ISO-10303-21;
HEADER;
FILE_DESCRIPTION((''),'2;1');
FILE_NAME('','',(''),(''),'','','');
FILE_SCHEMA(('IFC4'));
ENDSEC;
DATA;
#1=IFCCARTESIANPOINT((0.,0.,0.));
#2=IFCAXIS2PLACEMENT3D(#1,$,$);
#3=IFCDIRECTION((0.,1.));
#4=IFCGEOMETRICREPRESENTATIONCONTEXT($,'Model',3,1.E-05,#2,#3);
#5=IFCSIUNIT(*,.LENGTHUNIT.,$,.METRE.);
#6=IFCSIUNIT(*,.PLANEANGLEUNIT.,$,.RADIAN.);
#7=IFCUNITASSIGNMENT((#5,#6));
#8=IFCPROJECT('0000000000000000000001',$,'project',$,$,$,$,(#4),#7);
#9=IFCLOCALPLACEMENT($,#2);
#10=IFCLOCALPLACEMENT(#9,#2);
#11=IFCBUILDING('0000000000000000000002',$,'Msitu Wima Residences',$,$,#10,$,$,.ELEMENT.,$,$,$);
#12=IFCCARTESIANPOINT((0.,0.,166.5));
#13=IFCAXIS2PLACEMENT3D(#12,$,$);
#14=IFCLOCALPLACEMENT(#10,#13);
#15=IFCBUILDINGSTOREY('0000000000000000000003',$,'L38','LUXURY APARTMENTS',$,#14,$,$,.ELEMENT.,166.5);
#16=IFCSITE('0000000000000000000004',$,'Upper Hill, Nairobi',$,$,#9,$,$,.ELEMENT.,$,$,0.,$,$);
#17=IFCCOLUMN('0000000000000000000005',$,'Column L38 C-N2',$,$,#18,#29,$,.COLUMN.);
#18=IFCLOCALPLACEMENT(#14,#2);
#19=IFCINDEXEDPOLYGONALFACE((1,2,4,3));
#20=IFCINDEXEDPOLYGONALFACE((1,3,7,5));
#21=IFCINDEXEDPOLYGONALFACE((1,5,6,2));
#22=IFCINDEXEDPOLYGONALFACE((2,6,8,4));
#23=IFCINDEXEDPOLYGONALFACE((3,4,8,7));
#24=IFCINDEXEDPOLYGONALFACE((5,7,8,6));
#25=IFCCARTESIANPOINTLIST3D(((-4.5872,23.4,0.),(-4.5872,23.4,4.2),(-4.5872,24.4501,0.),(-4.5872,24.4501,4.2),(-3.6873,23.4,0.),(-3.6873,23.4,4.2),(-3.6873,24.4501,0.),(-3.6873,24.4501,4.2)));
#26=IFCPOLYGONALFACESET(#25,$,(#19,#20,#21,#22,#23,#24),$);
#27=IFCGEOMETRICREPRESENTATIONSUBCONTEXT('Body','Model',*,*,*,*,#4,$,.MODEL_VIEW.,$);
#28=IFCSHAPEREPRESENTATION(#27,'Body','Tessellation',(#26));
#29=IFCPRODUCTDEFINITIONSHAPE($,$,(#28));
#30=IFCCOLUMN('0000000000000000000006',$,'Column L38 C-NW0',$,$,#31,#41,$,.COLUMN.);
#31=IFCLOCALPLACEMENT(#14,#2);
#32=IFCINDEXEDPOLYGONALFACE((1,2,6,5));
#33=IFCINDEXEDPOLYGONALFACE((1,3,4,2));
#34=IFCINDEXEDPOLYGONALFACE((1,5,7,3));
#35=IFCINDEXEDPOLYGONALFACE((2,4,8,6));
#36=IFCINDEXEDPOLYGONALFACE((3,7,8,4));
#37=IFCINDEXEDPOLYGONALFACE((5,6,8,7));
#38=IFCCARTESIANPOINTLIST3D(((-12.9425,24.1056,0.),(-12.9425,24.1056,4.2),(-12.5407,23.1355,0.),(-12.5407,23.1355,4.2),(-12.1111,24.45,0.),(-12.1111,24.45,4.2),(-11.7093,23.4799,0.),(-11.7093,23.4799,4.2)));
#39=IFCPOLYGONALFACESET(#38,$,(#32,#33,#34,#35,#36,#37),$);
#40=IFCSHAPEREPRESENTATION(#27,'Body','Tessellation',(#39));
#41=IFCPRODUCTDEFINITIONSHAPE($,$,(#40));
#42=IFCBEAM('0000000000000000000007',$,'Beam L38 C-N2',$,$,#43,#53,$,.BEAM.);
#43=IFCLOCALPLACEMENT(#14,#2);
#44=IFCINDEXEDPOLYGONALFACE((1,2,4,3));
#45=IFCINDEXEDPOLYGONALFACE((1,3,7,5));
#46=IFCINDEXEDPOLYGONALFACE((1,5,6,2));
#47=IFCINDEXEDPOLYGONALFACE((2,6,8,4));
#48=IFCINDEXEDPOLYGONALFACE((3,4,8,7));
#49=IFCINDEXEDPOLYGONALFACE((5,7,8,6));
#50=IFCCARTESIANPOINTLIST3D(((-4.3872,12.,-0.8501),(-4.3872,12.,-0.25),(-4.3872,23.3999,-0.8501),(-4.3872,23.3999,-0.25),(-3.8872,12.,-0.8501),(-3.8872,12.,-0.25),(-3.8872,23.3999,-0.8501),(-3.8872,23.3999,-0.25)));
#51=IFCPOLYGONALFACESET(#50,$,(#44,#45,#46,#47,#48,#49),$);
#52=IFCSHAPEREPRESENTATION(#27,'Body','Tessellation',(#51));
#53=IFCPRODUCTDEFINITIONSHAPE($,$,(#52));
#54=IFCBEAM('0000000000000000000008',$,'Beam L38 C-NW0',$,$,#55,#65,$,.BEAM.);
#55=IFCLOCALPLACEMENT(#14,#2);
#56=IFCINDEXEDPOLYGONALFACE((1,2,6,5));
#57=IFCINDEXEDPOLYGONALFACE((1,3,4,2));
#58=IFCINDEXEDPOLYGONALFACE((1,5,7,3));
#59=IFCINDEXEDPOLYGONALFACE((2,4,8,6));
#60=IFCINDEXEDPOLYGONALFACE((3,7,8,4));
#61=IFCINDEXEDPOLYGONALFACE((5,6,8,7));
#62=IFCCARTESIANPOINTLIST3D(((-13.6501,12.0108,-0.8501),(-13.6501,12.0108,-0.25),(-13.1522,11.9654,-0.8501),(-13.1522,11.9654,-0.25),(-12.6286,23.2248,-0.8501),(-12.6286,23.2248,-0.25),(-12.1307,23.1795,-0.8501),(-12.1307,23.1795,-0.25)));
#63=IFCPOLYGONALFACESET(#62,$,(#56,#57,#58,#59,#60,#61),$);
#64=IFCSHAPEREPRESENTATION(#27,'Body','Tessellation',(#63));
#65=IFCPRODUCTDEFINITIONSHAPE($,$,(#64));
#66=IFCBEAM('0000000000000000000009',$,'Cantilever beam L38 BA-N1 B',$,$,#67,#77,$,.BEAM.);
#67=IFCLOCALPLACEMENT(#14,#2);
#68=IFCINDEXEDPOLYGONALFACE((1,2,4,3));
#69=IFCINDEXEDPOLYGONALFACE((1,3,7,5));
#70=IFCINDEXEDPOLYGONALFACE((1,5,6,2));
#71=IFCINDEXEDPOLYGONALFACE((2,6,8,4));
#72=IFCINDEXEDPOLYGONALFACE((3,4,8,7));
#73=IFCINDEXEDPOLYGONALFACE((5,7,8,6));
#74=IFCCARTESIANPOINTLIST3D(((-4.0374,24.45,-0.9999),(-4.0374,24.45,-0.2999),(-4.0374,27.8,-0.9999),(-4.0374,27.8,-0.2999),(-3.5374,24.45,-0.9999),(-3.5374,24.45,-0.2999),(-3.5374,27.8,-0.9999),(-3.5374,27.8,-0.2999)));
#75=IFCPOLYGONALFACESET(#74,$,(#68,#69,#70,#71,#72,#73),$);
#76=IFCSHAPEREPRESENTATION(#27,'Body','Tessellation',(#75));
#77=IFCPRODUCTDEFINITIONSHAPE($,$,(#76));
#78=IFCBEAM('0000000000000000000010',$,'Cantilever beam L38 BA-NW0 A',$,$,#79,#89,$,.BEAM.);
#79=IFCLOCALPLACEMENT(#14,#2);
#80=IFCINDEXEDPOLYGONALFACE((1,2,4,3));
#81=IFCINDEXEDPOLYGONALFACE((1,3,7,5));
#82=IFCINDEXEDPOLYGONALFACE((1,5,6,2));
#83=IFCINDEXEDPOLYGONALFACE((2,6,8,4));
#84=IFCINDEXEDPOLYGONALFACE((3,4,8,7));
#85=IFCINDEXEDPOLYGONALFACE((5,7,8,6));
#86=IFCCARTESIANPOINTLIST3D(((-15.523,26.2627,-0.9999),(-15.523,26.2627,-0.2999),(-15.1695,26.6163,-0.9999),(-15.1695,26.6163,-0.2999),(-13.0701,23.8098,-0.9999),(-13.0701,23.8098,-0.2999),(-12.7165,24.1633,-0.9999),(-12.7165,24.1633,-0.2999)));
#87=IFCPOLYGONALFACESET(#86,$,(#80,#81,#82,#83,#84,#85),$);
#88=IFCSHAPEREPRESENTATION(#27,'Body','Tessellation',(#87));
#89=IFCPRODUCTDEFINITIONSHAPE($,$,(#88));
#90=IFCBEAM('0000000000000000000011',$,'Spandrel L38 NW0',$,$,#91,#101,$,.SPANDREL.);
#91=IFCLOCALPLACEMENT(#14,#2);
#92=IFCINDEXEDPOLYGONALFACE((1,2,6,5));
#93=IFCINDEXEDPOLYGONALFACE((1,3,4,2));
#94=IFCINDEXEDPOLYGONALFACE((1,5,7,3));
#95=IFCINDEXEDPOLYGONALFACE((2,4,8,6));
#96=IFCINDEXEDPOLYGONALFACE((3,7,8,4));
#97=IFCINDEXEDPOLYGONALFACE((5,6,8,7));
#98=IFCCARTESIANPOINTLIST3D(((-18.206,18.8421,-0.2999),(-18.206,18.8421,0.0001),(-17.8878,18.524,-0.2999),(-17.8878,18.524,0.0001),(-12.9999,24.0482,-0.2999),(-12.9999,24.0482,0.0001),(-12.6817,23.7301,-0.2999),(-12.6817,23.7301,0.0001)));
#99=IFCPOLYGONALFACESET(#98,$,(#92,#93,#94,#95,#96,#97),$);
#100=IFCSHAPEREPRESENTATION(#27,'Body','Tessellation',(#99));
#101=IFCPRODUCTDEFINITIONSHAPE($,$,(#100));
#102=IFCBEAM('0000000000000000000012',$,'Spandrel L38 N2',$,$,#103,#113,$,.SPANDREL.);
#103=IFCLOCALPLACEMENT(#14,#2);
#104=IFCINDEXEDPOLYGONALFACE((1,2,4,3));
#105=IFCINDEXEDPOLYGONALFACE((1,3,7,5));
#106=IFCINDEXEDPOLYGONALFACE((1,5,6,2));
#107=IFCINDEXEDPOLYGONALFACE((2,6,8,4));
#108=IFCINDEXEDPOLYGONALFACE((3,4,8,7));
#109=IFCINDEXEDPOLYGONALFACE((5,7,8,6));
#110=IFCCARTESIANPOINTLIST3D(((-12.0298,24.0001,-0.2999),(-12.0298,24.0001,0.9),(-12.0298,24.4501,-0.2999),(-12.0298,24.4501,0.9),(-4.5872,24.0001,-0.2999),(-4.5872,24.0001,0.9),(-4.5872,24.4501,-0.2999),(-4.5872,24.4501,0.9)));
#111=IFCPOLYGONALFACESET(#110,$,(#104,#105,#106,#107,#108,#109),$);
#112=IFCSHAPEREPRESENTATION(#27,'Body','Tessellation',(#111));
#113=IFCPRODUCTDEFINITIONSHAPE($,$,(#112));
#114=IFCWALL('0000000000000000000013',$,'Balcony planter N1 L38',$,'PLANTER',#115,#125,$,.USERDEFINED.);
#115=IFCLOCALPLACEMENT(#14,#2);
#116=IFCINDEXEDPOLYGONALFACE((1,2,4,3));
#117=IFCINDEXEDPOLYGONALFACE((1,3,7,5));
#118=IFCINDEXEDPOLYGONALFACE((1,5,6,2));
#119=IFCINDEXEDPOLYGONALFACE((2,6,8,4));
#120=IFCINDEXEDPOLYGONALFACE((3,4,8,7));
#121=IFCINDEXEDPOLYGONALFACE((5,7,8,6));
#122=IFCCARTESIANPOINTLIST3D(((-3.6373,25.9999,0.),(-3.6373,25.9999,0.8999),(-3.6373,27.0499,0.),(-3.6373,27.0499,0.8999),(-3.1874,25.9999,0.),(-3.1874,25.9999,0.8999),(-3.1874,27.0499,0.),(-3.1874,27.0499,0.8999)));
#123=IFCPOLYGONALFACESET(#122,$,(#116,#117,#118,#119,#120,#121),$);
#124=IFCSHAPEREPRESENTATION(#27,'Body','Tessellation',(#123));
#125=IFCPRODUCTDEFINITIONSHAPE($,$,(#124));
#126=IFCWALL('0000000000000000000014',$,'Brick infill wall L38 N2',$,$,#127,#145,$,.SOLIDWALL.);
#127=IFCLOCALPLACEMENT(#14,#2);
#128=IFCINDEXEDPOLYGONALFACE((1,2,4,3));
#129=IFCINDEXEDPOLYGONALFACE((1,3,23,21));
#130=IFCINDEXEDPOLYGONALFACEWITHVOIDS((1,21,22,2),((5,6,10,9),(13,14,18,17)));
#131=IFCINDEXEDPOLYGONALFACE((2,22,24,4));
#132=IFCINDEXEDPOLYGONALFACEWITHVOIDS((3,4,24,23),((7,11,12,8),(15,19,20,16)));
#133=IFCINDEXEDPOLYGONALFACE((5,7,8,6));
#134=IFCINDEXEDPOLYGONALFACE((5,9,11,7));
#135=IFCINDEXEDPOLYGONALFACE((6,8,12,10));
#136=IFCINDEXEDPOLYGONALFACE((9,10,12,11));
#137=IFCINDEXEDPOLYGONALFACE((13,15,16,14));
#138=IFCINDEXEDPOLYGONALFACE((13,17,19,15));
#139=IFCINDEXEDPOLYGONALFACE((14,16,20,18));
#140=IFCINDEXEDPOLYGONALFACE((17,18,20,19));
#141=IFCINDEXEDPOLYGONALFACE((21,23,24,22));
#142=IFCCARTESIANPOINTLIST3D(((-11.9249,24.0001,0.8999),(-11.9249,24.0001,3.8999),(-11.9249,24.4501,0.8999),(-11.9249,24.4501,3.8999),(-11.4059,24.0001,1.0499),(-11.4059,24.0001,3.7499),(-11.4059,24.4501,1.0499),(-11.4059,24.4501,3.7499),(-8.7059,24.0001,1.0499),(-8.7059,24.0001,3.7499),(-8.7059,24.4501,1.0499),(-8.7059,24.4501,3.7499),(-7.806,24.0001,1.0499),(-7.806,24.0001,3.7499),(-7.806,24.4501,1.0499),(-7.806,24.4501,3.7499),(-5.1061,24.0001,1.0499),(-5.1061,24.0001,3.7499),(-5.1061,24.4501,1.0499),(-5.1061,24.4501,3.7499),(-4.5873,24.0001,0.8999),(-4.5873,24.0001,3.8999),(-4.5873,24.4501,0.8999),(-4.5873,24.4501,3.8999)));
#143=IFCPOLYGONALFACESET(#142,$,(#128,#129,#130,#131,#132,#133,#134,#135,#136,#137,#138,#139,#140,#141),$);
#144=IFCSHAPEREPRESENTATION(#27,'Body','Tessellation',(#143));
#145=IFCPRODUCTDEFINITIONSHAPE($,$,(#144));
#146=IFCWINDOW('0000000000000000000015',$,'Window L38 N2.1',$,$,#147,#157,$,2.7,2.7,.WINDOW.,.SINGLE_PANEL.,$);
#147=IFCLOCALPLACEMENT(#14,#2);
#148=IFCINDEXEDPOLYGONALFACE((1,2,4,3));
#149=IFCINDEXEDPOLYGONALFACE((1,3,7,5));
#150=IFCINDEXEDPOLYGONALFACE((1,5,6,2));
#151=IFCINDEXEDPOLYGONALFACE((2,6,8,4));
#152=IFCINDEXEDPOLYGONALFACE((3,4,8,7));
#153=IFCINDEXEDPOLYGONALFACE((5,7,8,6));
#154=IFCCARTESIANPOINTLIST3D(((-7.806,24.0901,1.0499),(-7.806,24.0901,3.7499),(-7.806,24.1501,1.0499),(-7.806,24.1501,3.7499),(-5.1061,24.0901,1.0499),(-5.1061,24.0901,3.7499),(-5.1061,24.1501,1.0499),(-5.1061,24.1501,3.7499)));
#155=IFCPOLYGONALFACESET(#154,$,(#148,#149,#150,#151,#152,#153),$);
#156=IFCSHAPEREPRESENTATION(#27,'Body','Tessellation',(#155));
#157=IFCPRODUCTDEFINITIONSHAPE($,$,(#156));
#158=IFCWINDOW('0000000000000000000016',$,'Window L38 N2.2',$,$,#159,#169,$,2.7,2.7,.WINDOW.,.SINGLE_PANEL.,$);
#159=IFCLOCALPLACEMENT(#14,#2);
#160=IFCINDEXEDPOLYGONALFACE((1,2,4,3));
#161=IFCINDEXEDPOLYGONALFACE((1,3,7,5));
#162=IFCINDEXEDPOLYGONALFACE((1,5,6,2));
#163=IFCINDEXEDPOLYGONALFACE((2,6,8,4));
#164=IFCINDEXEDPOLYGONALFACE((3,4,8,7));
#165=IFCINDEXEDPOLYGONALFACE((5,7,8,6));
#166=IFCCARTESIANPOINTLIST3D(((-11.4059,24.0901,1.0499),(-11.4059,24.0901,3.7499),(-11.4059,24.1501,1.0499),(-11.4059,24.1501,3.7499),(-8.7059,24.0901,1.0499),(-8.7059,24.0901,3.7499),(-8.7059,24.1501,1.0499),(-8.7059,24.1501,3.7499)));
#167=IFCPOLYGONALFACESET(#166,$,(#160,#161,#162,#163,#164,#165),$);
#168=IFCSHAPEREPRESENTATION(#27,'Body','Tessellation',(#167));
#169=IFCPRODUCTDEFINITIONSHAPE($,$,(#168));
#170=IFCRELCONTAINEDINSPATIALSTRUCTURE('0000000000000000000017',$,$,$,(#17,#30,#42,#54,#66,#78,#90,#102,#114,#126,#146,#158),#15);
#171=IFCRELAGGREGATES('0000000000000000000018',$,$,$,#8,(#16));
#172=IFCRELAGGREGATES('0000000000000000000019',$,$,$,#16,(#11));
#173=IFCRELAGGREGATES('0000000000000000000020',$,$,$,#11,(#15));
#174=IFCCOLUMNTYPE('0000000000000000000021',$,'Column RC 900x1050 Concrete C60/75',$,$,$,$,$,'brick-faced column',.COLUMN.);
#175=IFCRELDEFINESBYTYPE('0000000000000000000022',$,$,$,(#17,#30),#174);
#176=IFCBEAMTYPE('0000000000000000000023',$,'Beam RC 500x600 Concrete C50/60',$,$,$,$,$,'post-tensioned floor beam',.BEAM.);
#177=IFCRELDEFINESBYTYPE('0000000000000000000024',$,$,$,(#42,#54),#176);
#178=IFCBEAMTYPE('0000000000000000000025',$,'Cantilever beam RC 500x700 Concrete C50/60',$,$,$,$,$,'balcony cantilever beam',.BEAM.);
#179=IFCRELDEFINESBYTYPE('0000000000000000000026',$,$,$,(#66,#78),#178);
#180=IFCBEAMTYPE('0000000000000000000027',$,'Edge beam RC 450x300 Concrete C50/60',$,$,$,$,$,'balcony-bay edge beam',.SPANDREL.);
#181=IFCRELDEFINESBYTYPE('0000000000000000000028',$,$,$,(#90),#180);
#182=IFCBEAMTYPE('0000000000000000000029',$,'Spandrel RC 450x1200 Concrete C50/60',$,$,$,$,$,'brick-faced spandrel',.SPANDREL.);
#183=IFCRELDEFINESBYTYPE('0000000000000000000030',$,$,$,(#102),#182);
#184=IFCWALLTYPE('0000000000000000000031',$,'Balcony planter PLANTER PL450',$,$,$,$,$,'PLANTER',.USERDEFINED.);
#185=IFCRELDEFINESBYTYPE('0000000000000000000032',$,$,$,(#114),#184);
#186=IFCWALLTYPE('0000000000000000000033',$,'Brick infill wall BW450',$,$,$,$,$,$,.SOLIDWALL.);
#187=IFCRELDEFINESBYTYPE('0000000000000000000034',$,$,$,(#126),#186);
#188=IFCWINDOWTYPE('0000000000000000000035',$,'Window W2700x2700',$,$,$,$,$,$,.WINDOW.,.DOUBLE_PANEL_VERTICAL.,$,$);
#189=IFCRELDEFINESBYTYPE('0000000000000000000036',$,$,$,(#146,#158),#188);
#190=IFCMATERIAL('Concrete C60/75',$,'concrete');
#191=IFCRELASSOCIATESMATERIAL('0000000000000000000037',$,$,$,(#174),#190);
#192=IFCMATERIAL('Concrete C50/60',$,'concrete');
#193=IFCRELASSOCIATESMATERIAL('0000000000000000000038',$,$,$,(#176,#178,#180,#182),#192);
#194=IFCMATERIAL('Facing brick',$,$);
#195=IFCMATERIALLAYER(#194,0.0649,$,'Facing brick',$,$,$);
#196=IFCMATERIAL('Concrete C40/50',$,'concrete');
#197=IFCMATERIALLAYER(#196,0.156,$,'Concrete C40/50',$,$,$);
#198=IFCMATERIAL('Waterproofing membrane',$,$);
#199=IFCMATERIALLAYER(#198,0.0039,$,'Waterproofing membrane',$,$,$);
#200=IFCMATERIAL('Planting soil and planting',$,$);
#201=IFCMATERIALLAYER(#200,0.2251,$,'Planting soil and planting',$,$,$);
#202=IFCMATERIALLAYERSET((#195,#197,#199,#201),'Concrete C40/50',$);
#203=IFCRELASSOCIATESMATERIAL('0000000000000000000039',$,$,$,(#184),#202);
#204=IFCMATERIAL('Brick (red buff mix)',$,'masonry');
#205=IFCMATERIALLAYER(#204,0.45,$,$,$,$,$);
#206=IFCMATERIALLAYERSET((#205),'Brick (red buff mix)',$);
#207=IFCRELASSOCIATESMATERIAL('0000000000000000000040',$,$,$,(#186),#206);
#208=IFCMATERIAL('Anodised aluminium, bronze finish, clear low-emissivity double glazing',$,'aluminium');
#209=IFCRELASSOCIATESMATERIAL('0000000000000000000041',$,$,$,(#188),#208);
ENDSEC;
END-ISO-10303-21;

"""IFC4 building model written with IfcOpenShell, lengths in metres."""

from ifc_helpers import new_model, si_unit, direction, frame, frame_2d, origin, origin_2d, place, context, subcontext, project, spatial, rectangle, extrude, material, layer, layer_set, material_profile, profile_set, type_object, element, fill, save


model = new_model("IFC4")

# Units and contexts
model_context = context("Model", 3, precision=1e-05, world=origin(), true_north=direction((0.0, 1.0)))
body_context = subcontext(model_context, "Body", "Model", "MODEL_VIEW")
ifc_project = project(units=[si_unit("LENGTHUNIT", "METRE"), si_unit("PLANEANGLEUNIT", "RADIAN")], contexts=[model_context])

# Site, building, storey
site_placement = place(None, origin())
site = spatial("IfcSite", under=ifc_project, at=site_placement, Name="Upper Hill, Nairobi", CompositionType="ELEMENT", RefElevation=0.0)
building_placement = place(site_placement, origin())
building = spatial("IfcBuilding", under=site, at=building_placement, Name="Msitu Wima Residences", CompositionType="ELEMENT")
storey_placement = place(building_placement, frame((0.0, 0.0, 166.5)))
storey = spatial("IfcBuildingStorey", under=building, at=storey_placement, Name="L38", Description="LUXURY APARTMENTS", CompositionType="ELEMENT", Elevation=166.5)

# Columns
ifc_material_1 = material(Name="Concrete C60/75", Category="concrete")
ifc_material_profile_1 = material_profile(ifc_material_1, rectangle(XDim=0.8999, YDim=1.05, at=origin_2d()), Name="RC 900x1050")
ifc_profile_set_1 = profile_set([ifc_material_profile_1], Name="Concrete C60/75")
column_type = type_object("IfcColumnType", Name="Column RC 900x1050 Concrete C60/75", ElementType="brick-faced column", PredefinedType="COLUMN", material=ifc_profile_set_1)
for number, where, z_axis, x_axis, name in (
    (1, (-4.1372, 23.925, 0.0), (0.0, 0.0, 1.0), (-1.0, 0.0, 0.0), "Column L38 C-N2"),
    (2, (-12.3259, 23.7927, 0.0), (0.0, 0.0, 1.0), (-0.92388, -0.382683, 0.0), "Column L38 C-NW0"),
):
    element("IfcColumn", number, at=place(storey_placement, frame(where, z_axis=z_axis, x_axis=x_axis)), inside=storey, type_object=column_type, Name=name, PredefinedType="COLUMN", context=body_context, shape_type="SweptSolid", body=[
        extrude(rectangle(XDim=0.8999, YDim=1.05, at=origin_2d()), origin(), (0.0, 0.0, 1.0), 4.2),
    ])

# Beams
ifc_material_2 = material(Name="Concrete C50/60", Category="concrete")
ifc_material_profile_2 = material_profile(ifc_material_2, rectangle(XDim=0.5, YDim=0.6001, at=origin_2d()), Name="RC 500x600")
ifc_profile_set_2 = profile_set([ifc_material_profile_2], Name="Concrete C50/60")
beam_type_1 = type_object("IfcBeamType", Name="Beam RC 500x600 Concrete C50/60", ElementType="post-tensioned floor beam", PredefinedType="BEAM", material=ifc_profile_set_2)
beam_1_placement = place(storey_placement, frame((-4.1372, 23.3999, -0.55), z_axis=(0.0, -1.0, 0.0), x_axis=(1.0, 0.0, 0.0)))
element("IfcBeam", 3, at=beam_1_placement, inside=storey, type_object=beam_type_1, Name="Beam L38 C-N2", PredefinedType="BEAM", context=body_context, shape_type="SweptSolid", body=[
    extrude(rectangle(XDim=0.5, YDim=0.6001, at=origin_2d()), origin(), (0.0, 0.0, 1.0), 11.3999),
])
beam_2_placement = place(storey_placement, frame((-12.3796, 23.2021, -0.55), z_axis=(-0.090714, -0.995877, 0.0), x_axis=(0.995877, -0.090714, 0.0)))
element("IfcBeam", 4, at=beam_2_placement, inside=storey, type_object=beam_type_1, Name="Beam L38 C-NW0", PredefinedType="BEAM", context=body_context, shape_type="SweptSolid", body=[
    extrude(rectangle(XDim=0.5, YDim=0.6001, at=origin_2d()), origin(), (0.0, 0.0, 1.0), 11.2605),
])
ifc_material_profile_3 = material_profile(ifc_material_2, rectangle(XDim=0.5, YDim=0.7, at=origin_2d()), Name="RC 500x700")
ifc_profile_set_3 = profile_set([ifc_material_profile_3], Name="Concrete C50/60")
beam_type_2 = type_object("IfcBeamType", Name="Cantilever beam RC 500x700 Concrete C50/60", ElementType="balcony cantilever beam", PredefinedType="BEAM", material=ifc_profile_set_3)
beam_3_placement = place(storey_placement, frame((-3.7874, 24.45, -0.6499), z_axis=(0.0, 1.0, 0.0), x_axis=(-1.0, 0.0, 0.0)))
element("IfcBeam", 5, at=beam_3_placement, inside=storey, type_object=beam_type_2, Name="Cantilever beam L38 BA-N1 B", PredefinedType="BEAM", context=body_context, shape_type="SweptSolid", body=[
    extrude(rectangle(XDim=0.5, YDim=0.7, at=origin_2d()), origin(), (0.0, 0.0, 1.0), 3.3501),
])
beam_4_placement = place(storey_placement, frame((-12.8933, 23.9866, -0.6499), z_axis=(-0.707107, 0.707107, 0.0), x_axis=(-0.707107, -0.707107, 0.0)))
element("IfcBeam", 6, at=beam_4_placement, inside=storey, type_object=beam_type_2, Name="Cantilever beam L38 BA-NW0 A", PredefinedType="BEAM", context=body_context, shape_type="SweptSolid", body=[
    extrude(rectangle(XDim=0.5, YDim=0.7, at=origin_2d()), origin(), (0.0, 0.0, 1.0), 3.469),
])
ifc_material_profile_4 = material_profile(ifc_material_2, rectangle(XDim=0.45, YDim=0.3, at=origin_2d()), Name="RC 450x300")
ifc_profile_set_4 = profile_set([ifc_material_profile_4], Name="Concrete C50/60")
beam_type_3 = type_object("IfcBeamType", Name="Edge beam RC 450x300 Concrete C50/60", ElementType="balcony-bay edge beam", PredefinedType="SPANDREL", material=ifc_profile_set_4)
beam_5_placement = place(storey_placement, frame((-12.8408, 23.8892, -0.1499), z_axis=(-0.707107, -0.707107, 0.0), x_axis=(0.707107, -0.707107, 0.0)))
element("IfcBeam", 7, at=beam_5_placement, inside=storey, type_object=beam_type_3, Name="Spandrel L38 NW0", PredefinedType="SPANDREL", context=body_context, shape_type="SweptSolid", body=[
    extrude(rectangle(XDim=0.45, YDim=0.3, at=origin_2d()), origin(), (0.0, 0.0, 1.0), 7.3625),
])
ifc_material_profile_5 = material_profile(ifc_material_2, rectangle(XDim=0.45, YDim=1.2, at=origin_2d()), Name="RC 450x1200")
ifc_profile_set_5 = profile_set([ifc_material_profile_5], Name="Concrete C50/60")
beam_type_4 = type_object("IfcBeamType", Name="Spandrel RC 450x1200 Concrete C50/60", ElementType="brick-faced spandrel", PredefinedType="SPANDREL", material=ifc_profile_set_5)
beam_6_placement = place(storey_placement, frame((-4.5872, 24.2251, 0.3), z_axis=(-1.0, 0.0, 0.0), x_axis=(0.0, -1.0, 0.0)))
element("IfcBeam", 8, at=beam_6_placement, inside=storey, type_object=beam_type_4, Name="Spandrel L38 N2", PredefinedType="SPANDREL", context=body_context, shape_type="SweptSolid", body=[
    extrude(rectangle(XDim=0.45, YDim=1.2, at=origin_2d()), origin(), (0.0, 0.0, 1.0), 7.4426),
])

# Wall
ifc_material_3 = material(Name="Facing brick")
ifc_layer_1 = layer(ifc_material_3, 0.0649, Name="Facing brick")
ifc_material_4 = material(Name="Concrete C40/50", Category="concrete")
ifc_layer_2 = layer(ifc_material_4, 0.156, Name="Concrete C40/50")
ifc_material_5 = material(Name="Waterproofing membrane")
ifc_layer_3 = layer(ifc_material_5, 0.0039, Name="Waterproofing membrane")
ifc_material_6 = material(Name="Planting soil and planting")
ifc_layer_4 = layer(ifc_material_6, 0.2251, Name="Planting soil and planting")
ifc_layer_set_1 = layer_set([ifc_layer_1, ifc_layer_2, ifc_layer_3, ifc_layer_4], Name="Concrete C40/50")
wall_type_1 = type_object("IfcWallType", Name="Balcony planter PLANTER PL450", ElementType="PLANTER", PredefinedType="USERDEFINED", material=ifc_layer_set_1)
wall_1_placement = place(storey_placement, frame((-3.4124, 26.0, 0.0), z_axis=(0.0, 0.0, 1.0), x_axis=(0.0, 1.0, 0.0)))
element("IfcWall", 9, at=wall_1_placement, inside=storey, type_object=wall_type_1, Name="Balcony planter N1 L38", ObjectType="PLANTER", PredefinedType="USERDEFINED", context=body_context, shape_type="SweptSolid", body=[
    extrude(rectangle(XDim=1.05, YDim=0.45, at=frame_2d((0.5249, 0.0))), origin(), (0.0, 0.0, 1.0), 0.8999),
])

# Wall, openings, windows
ifc_material_7 = material(Name="Brick (red buff mix)", Category="masonry")
ifc_layer_5 = layer(ifc_material_7, 0.45)
ifc_layer_set_2 = layer_set([ifc_layer_5], Name="Brick (red buff mix)")
wall_type_2 = type_object("IfcWallType", Name="Brick infill wall BW450", PredefinedType="SOLIDWALL", material=ifc_layer_set_2)
wall_2_placement = place(storey_placement, frame((-4.5872, 24.2251, 0.8999), z_axis=(0.0, 0.0, 1.0), x_axis=(-1.0, 0.0, 0.0)))
wall_2 = element("IfcWall", 10, at=wall_2_placement, inside=storey, type_object=wall_type_2, Name="Brick infill wall L38 N2", PredefinedType="SOLIDWALL", context=body_context, shape_type="SweptSolid", body=[
    extrude(rectangle(XDim=7.3376, YDim=0.45, at=frame_2d((3.6689, 0.0))), origin(), (0.0, 0.0, 1.0), 3.0),
])
opening_1_placement = place(wall_2_placement, frame((0.5188, 0.0, 0.1499)))
opening_1 = element("IfcOpeningElement", 11, at=opening_1_placement, cuts=wall_2, PredefinedType="OPENING", context=body_context, shape_type="SweptSolid", body=[
    extrude(rectangle(XDim=2.7, YDim=2.7, at=frame_2d((1.3501, 1.3501))), frame((0.0, 0.2349, 0.0), z_axis=(0.0, -1.0, 0.0), x_axis=(1.0, 0.0, 0.0)), (0.0, 0.0, 1.0), 0.47),
])
opening_2_placement = place(wall_2_placement, frame((4.1187, 0.0, 0.1499)))
opening_2 = element("IfcOpeningElement", 12, at=opening_2_placement, cuts=wall_2, PredefinedType="OPENING", context=body_context, shape_type="SweptSolid", body=[
    extrude(rectangle(XDim=2.7, YDim=2.7, at=frame_2d((1.3501, 1.3501))), frame((0.0, 0.2349, 0.0), z_axis=(0.0, -1.0, 0.0), x_axis=(1.0, 0.0, 0.0)), (0.0, 0.0, 1.0), 0.47),
])
ifc_material_8 = material(Name="Anodised aluminium, bronze finish, clear low-emissivity double glazing", Category="aluminium")
window_type = type_object("IfcWindowType", Name="Window W2700x2700", PartitioningType="DOUBLE_PANEL_VERTICAL", PredefinedType="WINDOW", material=ifc_material_8)
window_1_placement = place(opening_1_placement, origin())
window_1 = element("IfcWindow", 13, at=window_1_placement, inside=storey, type_object=window_type, Name="Window L38 N2.1", OverallHeight=2.7, OverallWidth=2.7, PartitioningType="SINGLE_PANEL", PredefinedType="WINDOW", context=body_context, shape_type="SweptSolid", body=[
    extrude(rectangle(XDim=2.7, YDim=2.7, at=frame_2d((1.3501, 1.3501))), frame((0.0, 0.135, 0.0), z_axis=(0.0, -1.0, 0.0), x_axis=(1.0, 0.0, 0.0)), (0.0, 0.0, 1.0), 0.0601),
])
fill(opening_1, window_1)
window_2_placement = place(opening_2_placement, origin())
window_2 = element("IfcWindow", 14, at=window_2_placement, inside=storey, type_object=window_type, Name="Window L38 N2.2", OverallHeight=2.7, OverallWidth=2.7, PartitioningType="SINGLE_PANEL", PredefinedType="WINDOW", context=body_context, shape_type="SweptSolid", body=[
    extrude(rectangle(XDim=2.7, YDim=2.7, at=frame_2d((1.3501, 1.3501))), frame((0.0, 0.135, 0.0), z_axis=(0.0, -1.0, 0.0), x_axis=(1.0, 0.0, 0.0)), (0.0, 0.0, 1.0), 0.0601),
])
fill(opening_2, window_2)

save(model, "model.ifc")
